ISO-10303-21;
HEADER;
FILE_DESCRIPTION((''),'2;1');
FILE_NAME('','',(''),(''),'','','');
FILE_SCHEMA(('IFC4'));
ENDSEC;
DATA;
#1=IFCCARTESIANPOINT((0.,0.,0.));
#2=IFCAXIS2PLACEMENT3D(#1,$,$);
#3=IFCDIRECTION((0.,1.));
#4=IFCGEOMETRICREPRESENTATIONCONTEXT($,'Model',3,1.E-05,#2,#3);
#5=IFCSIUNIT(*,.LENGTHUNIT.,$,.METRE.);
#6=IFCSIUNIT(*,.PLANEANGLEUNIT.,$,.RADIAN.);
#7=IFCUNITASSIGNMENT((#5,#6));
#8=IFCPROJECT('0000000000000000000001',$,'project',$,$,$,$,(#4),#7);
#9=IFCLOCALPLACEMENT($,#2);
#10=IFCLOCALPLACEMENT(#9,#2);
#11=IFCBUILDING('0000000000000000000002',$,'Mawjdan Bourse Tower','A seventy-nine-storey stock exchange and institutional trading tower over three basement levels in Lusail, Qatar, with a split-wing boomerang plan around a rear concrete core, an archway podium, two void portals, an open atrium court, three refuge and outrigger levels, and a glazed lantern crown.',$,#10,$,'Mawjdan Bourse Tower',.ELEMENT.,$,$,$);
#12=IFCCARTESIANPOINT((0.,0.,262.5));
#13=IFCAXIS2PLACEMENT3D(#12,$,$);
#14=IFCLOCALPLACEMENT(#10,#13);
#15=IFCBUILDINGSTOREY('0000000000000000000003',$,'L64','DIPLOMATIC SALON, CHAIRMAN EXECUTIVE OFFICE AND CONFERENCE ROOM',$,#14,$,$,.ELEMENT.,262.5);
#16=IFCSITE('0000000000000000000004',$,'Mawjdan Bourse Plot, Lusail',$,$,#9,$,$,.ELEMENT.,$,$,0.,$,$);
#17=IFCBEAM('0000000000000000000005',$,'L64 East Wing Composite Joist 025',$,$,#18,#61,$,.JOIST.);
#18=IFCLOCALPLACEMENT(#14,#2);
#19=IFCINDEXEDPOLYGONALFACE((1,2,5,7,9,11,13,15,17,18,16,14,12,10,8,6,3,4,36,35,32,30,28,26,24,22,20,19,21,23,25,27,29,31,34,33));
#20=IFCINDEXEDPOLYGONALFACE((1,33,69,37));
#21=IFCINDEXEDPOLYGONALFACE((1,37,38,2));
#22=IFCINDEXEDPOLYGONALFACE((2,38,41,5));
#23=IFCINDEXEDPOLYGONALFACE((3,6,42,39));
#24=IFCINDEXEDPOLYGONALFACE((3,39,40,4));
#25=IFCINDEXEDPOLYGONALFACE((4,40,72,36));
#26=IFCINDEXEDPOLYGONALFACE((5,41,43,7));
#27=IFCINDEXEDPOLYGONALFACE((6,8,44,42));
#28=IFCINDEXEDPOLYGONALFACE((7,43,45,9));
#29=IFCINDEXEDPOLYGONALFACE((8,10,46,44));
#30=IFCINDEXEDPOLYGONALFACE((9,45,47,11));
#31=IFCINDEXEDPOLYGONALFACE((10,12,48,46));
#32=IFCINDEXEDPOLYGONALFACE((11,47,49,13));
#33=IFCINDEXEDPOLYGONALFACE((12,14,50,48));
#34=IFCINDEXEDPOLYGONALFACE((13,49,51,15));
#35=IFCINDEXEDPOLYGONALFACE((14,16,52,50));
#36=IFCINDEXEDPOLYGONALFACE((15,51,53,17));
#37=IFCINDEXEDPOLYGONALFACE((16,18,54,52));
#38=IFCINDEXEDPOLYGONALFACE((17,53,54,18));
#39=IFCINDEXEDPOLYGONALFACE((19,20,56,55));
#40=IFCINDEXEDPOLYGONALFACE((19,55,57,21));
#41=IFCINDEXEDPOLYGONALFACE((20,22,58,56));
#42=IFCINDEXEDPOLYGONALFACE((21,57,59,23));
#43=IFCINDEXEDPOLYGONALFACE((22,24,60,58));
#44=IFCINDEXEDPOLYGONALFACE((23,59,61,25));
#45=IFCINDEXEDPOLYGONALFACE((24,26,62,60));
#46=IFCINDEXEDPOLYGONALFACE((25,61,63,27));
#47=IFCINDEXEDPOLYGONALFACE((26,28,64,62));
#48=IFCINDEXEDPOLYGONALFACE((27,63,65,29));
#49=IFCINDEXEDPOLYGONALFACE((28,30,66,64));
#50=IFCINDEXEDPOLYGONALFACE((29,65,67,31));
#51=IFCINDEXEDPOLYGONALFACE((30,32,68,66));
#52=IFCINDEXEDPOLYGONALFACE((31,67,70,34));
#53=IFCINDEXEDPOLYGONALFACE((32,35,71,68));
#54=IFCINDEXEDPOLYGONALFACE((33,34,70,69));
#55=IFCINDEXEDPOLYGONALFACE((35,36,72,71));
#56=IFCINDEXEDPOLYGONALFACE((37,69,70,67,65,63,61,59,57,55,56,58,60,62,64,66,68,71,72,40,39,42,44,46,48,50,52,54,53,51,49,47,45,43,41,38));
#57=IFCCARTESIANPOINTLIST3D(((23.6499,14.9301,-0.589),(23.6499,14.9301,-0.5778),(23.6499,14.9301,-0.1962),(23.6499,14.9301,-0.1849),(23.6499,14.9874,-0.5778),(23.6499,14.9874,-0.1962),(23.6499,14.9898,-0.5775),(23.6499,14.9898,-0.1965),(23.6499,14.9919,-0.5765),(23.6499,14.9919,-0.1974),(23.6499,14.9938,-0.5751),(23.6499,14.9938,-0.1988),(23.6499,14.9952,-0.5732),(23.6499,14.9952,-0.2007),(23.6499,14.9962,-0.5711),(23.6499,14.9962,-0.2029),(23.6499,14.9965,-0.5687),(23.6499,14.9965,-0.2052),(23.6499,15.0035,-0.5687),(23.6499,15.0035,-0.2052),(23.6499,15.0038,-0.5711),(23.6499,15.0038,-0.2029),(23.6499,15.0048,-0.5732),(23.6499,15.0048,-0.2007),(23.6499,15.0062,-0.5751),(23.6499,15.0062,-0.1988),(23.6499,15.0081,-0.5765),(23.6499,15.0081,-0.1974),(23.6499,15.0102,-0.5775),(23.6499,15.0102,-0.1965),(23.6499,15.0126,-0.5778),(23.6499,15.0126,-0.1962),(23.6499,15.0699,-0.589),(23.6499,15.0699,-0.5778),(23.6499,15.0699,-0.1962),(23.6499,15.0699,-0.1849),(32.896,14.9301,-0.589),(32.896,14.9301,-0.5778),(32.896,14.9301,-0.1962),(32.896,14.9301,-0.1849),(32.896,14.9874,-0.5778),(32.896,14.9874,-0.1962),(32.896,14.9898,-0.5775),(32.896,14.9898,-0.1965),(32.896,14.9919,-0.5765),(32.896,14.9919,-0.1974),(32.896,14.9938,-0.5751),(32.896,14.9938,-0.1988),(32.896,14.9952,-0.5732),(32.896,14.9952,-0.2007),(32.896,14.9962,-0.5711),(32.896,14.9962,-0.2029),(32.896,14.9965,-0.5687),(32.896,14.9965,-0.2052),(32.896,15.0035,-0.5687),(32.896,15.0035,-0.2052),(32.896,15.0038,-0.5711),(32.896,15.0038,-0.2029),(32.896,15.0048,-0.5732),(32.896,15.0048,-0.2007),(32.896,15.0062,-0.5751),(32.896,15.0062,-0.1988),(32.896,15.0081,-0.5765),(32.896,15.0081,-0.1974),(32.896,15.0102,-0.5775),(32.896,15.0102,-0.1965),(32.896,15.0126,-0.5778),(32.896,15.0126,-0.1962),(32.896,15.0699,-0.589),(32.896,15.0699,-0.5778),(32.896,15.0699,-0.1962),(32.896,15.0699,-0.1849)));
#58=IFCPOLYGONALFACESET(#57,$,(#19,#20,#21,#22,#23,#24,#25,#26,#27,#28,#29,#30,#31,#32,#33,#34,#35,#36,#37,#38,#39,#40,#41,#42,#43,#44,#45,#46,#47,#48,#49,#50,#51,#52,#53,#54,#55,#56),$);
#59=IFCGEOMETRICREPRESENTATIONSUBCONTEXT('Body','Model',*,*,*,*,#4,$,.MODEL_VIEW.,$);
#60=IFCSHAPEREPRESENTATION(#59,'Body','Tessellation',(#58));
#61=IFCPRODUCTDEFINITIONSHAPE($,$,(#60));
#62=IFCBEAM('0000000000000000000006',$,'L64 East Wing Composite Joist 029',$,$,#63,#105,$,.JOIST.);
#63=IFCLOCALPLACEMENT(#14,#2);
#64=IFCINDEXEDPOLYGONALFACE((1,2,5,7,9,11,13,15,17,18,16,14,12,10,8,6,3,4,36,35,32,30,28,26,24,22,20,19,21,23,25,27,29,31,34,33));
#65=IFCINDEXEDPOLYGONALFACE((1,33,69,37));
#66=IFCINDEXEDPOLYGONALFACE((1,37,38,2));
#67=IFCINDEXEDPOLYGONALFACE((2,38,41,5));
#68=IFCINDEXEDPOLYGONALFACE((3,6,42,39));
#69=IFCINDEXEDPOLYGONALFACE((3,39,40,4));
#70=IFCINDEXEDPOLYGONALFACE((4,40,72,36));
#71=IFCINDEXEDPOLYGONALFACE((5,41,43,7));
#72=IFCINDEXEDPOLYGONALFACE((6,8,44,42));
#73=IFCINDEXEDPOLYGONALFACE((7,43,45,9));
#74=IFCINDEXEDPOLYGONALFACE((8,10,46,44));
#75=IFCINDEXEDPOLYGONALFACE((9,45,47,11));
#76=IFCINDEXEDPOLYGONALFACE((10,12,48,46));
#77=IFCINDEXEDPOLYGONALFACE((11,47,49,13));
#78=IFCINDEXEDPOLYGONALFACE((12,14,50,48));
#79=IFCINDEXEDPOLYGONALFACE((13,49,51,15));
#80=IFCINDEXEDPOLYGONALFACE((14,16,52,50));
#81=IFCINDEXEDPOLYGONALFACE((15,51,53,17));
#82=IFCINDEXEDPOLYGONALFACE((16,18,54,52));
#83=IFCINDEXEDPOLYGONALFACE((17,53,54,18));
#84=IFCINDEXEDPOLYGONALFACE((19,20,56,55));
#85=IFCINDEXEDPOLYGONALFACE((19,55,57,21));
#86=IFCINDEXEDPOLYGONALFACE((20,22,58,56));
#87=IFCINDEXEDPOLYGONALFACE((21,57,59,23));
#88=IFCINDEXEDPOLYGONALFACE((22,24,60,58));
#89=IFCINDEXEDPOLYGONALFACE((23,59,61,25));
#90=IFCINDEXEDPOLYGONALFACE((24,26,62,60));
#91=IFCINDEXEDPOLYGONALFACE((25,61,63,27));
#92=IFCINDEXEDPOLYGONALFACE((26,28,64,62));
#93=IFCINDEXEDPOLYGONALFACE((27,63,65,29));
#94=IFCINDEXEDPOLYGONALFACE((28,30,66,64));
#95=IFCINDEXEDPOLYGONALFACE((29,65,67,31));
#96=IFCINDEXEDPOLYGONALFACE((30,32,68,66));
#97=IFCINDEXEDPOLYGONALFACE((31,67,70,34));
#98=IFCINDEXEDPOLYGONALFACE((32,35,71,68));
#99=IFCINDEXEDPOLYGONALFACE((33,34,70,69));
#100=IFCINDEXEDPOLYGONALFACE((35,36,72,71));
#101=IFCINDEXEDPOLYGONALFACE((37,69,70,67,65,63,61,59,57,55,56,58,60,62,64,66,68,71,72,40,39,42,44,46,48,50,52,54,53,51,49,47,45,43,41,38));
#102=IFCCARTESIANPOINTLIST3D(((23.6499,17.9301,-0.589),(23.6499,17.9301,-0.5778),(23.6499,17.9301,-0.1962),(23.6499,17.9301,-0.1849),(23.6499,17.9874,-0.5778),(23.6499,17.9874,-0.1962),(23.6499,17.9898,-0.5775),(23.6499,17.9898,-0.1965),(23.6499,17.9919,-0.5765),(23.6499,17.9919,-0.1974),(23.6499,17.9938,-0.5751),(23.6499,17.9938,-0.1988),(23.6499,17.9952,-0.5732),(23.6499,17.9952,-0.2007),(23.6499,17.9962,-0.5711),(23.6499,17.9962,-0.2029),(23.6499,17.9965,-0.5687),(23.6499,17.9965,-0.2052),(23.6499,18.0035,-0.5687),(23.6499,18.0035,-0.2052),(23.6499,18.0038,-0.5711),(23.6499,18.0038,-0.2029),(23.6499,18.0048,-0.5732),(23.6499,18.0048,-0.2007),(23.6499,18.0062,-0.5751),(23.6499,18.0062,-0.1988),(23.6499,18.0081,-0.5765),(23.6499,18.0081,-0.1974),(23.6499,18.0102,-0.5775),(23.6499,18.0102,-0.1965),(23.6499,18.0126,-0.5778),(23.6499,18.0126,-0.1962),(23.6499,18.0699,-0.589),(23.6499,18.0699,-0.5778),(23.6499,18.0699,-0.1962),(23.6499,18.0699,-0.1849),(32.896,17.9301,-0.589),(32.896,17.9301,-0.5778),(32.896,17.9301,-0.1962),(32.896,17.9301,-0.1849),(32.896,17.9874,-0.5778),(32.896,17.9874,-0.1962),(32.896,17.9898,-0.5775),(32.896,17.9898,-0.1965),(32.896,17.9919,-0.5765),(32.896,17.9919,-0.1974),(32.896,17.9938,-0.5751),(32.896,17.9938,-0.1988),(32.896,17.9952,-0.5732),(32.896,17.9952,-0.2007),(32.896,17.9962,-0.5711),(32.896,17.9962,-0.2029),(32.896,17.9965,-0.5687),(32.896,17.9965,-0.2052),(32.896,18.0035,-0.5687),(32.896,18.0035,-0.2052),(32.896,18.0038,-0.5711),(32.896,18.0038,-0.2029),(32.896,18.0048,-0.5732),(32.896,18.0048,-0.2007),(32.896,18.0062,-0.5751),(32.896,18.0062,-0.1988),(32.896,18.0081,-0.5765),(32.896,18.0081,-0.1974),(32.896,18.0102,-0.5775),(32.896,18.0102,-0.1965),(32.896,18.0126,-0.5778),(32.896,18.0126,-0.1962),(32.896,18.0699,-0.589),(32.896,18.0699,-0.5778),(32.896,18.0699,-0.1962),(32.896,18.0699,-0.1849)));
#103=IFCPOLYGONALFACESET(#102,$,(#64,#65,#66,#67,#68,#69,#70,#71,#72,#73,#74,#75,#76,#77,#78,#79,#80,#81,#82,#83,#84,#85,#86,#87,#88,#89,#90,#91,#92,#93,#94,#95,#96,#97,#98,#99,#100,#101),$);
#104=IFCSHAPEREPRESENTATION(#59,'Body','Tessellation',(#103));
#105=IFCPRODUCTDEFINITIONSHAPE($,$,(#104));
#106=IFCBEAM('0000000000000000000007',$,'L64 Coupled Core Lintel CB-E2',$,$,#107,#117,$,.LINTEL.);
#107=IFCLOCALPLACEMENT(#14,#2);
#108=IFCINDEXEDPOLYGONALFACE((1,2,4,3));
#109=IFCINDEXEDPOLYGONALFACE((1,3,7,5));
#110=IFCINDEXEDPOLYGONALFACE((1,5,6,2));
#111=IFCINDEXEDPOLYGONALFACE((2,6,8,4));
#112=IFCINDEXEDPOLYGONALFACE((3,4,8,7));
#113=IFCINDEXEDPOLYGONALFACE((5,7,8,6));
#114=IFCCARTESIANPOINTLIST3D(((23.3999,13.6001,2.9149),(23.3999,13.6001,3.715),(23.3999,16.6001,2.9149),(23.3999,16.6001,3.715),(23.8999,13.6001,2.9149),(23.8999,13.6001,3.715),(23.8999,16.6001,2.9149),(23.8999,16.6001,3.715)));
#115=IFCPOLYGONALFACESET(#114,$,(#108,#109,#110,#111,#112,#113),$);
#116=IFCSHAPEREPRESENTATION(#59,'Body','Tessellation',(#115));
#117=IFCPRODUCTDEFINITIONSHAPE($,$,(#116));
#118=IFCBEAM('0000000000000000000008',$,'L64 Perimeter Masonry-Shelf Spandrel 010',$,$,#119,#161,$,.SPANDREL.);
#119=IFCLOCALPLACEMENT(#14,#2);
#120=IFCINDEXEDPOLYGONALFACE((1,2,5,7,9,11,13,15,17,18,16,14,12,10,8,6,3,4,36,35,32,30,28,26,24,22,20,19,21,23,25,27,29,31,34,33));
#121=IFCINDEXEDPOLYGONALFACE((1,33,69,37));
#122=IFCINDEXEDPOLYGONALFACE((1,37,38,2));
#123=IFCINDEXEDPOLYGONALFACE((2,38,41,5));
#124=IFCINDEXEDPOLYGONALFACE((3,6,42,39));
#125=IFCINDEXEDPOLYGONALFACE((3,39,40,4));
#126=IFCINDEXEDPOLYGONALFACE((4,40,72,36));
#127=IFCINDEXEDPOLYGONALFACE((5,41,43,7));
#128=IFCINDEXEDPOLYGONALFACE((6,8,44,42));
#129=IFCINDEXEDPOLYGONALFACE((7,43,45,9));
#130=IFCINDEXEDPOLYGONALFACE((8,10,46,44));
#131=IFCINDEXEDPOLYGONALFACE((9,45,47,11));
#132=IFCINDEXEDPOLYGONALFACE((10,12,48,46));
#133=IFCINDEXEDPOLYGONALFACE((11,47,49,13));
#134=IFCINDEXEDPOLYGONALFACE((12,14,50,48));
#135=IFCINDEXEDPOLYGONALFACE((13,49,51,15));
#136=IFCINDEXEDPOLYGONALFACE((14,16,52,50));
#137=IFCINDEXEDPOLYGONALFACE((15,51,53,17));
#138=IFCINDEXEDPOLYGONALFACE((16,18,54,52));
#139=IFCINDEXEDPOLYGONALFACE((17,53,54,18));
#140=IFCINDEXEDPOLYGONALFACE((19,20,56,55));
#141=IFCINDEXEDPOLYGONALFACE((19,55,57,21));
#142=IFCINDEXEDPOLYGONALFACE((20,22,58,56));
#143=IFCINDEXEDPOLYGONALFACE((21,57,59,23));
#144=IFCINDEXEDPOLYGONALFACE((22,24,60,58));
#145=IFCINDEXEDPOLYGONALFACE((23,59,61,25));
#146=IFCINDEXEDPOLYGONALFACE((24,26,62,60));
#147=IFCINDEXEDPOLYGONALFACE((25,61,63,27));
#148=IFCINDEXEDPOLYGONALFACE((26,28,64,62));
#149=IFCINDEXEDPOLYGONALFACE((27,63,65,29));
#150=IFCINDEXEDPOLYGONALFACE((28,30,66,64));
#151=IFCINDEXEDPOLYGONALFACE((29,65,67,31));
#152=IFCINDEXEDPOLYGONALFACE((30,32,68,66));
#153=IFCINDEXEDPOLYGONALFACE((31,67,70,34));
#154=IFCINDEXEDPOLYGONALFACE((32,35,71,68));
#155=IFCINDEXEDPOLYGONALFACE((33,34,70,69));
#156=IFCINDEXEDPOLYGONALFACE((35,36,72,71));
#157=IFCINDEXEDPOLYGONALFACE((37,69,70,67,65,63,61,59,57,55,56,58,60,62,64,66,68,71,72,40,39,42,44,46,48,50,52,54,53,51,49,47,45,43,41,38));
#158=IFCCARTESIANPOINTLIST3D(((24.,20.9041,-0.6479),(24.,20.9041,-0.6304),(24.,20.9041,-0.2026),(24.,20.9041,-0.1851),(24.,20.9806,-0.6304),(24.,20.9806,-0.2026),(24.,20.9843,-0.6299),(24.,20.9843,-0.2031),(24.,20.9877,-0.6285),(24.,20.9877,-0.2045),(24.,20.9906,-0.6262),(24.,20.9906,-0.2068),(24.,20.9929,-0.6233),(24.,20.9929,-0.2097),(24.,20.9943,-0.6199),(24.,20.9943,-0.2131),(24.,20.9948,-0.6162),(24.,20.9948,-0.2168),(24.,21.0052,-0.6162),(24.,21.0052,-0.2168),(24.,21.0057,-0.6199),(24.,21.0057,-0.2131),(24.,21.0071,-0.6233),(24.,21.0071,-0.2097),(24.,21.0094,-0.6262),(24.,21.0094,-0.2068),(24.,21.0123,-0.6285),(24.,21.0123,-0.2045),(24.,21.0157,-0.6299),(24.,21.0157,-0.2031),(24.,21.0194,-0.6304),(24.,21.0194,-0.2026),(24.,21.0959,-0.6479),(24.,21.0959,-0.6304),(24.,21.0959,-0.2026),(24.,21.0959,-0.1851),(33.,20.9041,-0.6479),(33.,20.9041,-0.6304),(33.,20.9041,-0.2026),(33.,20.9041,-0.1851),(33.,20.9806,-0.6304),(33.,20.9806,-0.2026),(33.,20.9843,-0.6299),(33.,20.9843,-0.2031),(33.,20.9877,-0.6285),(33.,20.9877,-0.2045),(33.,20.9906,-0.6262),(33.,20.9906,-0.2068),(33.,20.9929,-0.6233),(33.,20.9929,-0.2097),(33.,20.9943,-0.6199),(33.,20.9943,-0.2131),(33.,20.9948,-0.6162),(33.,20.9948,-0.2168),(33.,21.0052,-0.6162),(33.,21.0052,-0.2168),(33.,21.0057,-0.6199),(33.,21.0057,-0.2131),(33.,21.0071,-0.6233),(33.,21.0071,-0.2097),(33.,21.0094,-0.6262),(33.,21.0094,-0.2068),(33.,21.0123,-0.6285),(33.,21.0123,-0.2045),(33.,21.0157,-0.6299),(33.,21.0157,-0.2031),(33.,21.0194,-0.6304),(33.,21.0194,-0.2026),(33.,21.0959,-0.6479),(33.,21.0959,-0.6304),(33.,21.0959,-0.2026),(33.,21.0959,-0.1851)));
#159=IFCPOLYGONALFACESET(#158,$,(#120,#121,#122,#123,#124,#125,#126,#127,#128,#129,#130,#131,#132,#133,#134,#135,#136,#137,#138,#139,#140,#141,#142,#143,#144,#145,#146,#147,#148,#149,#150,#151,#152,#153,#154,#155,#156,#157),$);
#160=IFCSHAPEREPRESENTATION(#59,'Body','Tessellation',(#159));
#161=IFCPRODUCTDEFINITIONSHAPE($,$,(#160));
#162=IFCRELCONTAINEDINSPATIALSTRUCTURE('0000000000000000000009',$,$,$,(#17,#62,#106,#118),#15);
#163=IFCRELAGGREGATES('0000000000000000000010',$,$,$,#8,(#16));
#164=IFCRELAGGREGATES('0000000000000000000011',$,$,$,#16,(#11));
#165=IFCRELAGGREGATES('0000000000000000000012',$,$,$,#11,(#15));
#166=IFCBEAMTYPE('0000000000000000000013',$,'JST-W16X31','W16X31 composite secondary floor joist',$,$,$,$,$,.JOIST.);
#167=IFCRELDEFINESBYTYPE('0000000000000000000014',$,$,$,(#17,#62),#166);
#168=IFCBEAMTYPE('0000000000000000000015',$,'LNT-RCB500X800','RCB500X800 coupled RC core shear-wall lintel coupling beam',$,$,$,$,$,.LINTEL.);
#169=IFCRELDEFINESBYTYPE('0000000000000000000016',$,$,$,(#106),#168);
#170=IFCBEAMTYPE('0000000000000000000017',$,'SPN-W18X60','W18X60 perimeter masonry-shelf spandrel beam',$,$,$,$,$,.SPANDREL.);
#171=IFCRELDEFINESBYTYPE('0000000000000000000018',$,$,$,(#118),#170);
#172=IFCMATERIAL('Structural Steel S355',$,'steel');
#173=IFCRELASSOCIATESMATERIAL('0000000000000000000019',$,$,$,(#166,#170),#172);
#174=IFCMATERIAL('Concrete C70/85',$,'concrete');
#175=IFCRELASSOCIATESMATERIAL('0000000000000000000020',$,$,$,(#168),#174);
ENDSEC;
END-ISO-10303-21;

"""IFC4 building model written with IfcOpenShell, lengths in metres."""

from ifc_helpers import new_model, si_unit, direction, frame, origin, origin_2d, place, context, subcontext, project, spatial, rectangle, i_section, extrude, material, material_profile, profile_set, type_object, element, save


model = new_model("IFC4")

# Units and contexts
model_context = context("Model", 3, precision=1e-05, world=origin(), true_north=direction((0.0, 1.0)))
body_context = subcontext(model_context, "Body", "Model", "MODEL_VIEW")
ifc_project = project(units=[si_unit("LENGTHUNIT", "METRE"), si_unit("PLANEANGLEUNIT", "RADIAN")], contexts=[model_context])

# Site, building, storey
site_placement = place(None, origin())
site = spatial("IfcSite", under=ifc_project, at=site_placement, Name="Mawjdan Bourse Plot, Lusail", CompositionType="ELEMENT", RefElevation=0.0)
building_placement = place(site_placement, origin())
building = spatial("IfcBuilding", under=site, at=building_placement, Name="Mawjdan Bourse Tower", Description="A seventy-nine-storey stock exchange and institutional trading tower over three basement levels in Lusail, Qatar, with a split-wing boomerang plan around a rear concrete core, an archway podium, two void portals, an open atrium court, three refuge and outrigger levels, and a glazed lantern crown.", LongName="Mawjdan Bourse Tower", CompositionType="ELEMENT")
storey_placement = place(building_placement, frame((0.0, 0.0, 262.5)))
storey = spatial("IfcBuildingStorey", under=building, at=storey_placement, Name="L64", Description="DIPLOMATIC SALON, CHAIRMAN EXECUTIVE OFFICE AND CONFERENCE ROOM", CompositionType="ELEMENT", Elevation=262.5)

# Beams
ifc_material_1 = material(Name="Structural Steel S355", Category="steel")
ifc_material_profile_1 = material_profile(ifc_material_1, i_section(OverallWidth=0.1399, OverallDepth=0.4041, WebThickness=0.0071, FlangeThickness=0.0112, FilletRadius=0.009, at=origin_2d()), Name="W16X31")
ifc_profile_set_1 = profile_set([ifc_material_profile_1], Name="Structural Steel S355")
beam_type_1 = type_object("IfcBeamType", Name="JST-W16X31", Description="W16X31 composite secondary floor joist", PredefinedType="JOIST", material=ifc_profile_set_1)
for number, where, z_axis, x_axis, name in (
    (1, (23.6499, 15.0, -0.387), (1.0, 0.0, 0.0), (0.0, 1.0, 0.0), "L64 East Wing Composite Joist 025"),
    (2, (23.6499, 18.0, -0.387), (1.0, 0.0, 0.0), (0.0, 1.0, 0.0), "L64 East Wing Composite Joist 029"),
):
    element("IfcBeam", number, at=place(storey_placement, frame(where, z_axis=z_axis, x_axis=x_axis)), inside=storey, type_object=beam_type_1, Name=name, PredefinedType="JOIST", context=body_context, shape_type="SweptSolid", body=[
        extrude(i_section(OverallWidth=0.1399, OverallDepth=0.4041, WebThickness=0.0071, FlangeThickness=0.0112, FilletRadius=0.009, at=origin_2d()), origin(), (0.0, 0.0, 1.0), 9.2461),
    ])
ifc_material_2 = material(Name="Concrete C70/85", Category="concrete")
ifc_material_profile_2 = material_profile(ifc_material_2, rectangle(XDim=0.5, YDim=0.8, at=origin_2d()), Name="RCB500X800")
ifc_profile_set_2 = profile_set([ifc_material_profile_2], Name="Concrete C70/85")
beam_type_2 = type_object("IfcBeamType", Name="LNT-RCB500X800", Description="RCB500X800 coupled RC core shear-wall lintel coupling beam", PredefinedType="LINTEL", material=ifc_profile_set_2)
beam_1_placement = place(storey_placement, frame((23.6499, 13.6001, 3.3149), z_axis=(0.0, 1.0, 0.0), x_axis=(-1.0, 0.0, 0.0)))
element("IfcBeam", 3, at=beam_1_placement, inside=storey, type_object=beam_type_2, Name="L64 Coupled Core Lintel CB-E2", PredefinedType="LINTEL", context=body_context, shape_type="SweptSolid", body=[
    extrude(rectangle(XDim=0.5, YDim=0.8, at=origin_2d()), origin(), (0.0, 0.0, 1.0), 3.0),
])
ifc_material_profile_3 = material_profile(ifc_material_1, i_section(OverallWidth=0.1919, OverallDepth=0.4629, WebThickness=0.0105, FlangeThickness=0.0176, FilletRadius=0.0142, at=origin_2d()), Name="W18X60")
ifc_profile_set_3 = profile_set([ifc_material_profile_3], Name="Structural Steel S355")
beam_type_3 = type_object("IfcBeamType", Name="SPN-W18X60", Description="W18X60 perimeter masonry-shelf spandrel beam", PredefinedType="SPANDREL", material=ifc_profile_set_3)
for number, where, z_axis, x_axis, name in (
    (4, (24.0, 21.0, -0.4165), (1.0, 0.0, 0.0), (0.0, 1.0, 0.0), "L64 Perimeter Masonry-Shelf Spandrel 010"),
):
    element("IfcBeam", number, at=place(storey_placement, frame(where, z_axis=z_axis, x_axis=x_axis)), inside=storey, type_object=beam_type_3, Name=name, PredefinedType="SPANDREL", context=body_context, shape_type="SweptSolid", body=[
        extrude(i_section(OverallWidth=0.1919, OverallDepth=0.4629, WebThickness=0.0105, FlangeThickness=0.0176, FilletRadius=0.0142, at=origin_2d()), origin(), (0.0, 0.0, 1.0), 9.0),
    ])

save(model, "model.ifc")
